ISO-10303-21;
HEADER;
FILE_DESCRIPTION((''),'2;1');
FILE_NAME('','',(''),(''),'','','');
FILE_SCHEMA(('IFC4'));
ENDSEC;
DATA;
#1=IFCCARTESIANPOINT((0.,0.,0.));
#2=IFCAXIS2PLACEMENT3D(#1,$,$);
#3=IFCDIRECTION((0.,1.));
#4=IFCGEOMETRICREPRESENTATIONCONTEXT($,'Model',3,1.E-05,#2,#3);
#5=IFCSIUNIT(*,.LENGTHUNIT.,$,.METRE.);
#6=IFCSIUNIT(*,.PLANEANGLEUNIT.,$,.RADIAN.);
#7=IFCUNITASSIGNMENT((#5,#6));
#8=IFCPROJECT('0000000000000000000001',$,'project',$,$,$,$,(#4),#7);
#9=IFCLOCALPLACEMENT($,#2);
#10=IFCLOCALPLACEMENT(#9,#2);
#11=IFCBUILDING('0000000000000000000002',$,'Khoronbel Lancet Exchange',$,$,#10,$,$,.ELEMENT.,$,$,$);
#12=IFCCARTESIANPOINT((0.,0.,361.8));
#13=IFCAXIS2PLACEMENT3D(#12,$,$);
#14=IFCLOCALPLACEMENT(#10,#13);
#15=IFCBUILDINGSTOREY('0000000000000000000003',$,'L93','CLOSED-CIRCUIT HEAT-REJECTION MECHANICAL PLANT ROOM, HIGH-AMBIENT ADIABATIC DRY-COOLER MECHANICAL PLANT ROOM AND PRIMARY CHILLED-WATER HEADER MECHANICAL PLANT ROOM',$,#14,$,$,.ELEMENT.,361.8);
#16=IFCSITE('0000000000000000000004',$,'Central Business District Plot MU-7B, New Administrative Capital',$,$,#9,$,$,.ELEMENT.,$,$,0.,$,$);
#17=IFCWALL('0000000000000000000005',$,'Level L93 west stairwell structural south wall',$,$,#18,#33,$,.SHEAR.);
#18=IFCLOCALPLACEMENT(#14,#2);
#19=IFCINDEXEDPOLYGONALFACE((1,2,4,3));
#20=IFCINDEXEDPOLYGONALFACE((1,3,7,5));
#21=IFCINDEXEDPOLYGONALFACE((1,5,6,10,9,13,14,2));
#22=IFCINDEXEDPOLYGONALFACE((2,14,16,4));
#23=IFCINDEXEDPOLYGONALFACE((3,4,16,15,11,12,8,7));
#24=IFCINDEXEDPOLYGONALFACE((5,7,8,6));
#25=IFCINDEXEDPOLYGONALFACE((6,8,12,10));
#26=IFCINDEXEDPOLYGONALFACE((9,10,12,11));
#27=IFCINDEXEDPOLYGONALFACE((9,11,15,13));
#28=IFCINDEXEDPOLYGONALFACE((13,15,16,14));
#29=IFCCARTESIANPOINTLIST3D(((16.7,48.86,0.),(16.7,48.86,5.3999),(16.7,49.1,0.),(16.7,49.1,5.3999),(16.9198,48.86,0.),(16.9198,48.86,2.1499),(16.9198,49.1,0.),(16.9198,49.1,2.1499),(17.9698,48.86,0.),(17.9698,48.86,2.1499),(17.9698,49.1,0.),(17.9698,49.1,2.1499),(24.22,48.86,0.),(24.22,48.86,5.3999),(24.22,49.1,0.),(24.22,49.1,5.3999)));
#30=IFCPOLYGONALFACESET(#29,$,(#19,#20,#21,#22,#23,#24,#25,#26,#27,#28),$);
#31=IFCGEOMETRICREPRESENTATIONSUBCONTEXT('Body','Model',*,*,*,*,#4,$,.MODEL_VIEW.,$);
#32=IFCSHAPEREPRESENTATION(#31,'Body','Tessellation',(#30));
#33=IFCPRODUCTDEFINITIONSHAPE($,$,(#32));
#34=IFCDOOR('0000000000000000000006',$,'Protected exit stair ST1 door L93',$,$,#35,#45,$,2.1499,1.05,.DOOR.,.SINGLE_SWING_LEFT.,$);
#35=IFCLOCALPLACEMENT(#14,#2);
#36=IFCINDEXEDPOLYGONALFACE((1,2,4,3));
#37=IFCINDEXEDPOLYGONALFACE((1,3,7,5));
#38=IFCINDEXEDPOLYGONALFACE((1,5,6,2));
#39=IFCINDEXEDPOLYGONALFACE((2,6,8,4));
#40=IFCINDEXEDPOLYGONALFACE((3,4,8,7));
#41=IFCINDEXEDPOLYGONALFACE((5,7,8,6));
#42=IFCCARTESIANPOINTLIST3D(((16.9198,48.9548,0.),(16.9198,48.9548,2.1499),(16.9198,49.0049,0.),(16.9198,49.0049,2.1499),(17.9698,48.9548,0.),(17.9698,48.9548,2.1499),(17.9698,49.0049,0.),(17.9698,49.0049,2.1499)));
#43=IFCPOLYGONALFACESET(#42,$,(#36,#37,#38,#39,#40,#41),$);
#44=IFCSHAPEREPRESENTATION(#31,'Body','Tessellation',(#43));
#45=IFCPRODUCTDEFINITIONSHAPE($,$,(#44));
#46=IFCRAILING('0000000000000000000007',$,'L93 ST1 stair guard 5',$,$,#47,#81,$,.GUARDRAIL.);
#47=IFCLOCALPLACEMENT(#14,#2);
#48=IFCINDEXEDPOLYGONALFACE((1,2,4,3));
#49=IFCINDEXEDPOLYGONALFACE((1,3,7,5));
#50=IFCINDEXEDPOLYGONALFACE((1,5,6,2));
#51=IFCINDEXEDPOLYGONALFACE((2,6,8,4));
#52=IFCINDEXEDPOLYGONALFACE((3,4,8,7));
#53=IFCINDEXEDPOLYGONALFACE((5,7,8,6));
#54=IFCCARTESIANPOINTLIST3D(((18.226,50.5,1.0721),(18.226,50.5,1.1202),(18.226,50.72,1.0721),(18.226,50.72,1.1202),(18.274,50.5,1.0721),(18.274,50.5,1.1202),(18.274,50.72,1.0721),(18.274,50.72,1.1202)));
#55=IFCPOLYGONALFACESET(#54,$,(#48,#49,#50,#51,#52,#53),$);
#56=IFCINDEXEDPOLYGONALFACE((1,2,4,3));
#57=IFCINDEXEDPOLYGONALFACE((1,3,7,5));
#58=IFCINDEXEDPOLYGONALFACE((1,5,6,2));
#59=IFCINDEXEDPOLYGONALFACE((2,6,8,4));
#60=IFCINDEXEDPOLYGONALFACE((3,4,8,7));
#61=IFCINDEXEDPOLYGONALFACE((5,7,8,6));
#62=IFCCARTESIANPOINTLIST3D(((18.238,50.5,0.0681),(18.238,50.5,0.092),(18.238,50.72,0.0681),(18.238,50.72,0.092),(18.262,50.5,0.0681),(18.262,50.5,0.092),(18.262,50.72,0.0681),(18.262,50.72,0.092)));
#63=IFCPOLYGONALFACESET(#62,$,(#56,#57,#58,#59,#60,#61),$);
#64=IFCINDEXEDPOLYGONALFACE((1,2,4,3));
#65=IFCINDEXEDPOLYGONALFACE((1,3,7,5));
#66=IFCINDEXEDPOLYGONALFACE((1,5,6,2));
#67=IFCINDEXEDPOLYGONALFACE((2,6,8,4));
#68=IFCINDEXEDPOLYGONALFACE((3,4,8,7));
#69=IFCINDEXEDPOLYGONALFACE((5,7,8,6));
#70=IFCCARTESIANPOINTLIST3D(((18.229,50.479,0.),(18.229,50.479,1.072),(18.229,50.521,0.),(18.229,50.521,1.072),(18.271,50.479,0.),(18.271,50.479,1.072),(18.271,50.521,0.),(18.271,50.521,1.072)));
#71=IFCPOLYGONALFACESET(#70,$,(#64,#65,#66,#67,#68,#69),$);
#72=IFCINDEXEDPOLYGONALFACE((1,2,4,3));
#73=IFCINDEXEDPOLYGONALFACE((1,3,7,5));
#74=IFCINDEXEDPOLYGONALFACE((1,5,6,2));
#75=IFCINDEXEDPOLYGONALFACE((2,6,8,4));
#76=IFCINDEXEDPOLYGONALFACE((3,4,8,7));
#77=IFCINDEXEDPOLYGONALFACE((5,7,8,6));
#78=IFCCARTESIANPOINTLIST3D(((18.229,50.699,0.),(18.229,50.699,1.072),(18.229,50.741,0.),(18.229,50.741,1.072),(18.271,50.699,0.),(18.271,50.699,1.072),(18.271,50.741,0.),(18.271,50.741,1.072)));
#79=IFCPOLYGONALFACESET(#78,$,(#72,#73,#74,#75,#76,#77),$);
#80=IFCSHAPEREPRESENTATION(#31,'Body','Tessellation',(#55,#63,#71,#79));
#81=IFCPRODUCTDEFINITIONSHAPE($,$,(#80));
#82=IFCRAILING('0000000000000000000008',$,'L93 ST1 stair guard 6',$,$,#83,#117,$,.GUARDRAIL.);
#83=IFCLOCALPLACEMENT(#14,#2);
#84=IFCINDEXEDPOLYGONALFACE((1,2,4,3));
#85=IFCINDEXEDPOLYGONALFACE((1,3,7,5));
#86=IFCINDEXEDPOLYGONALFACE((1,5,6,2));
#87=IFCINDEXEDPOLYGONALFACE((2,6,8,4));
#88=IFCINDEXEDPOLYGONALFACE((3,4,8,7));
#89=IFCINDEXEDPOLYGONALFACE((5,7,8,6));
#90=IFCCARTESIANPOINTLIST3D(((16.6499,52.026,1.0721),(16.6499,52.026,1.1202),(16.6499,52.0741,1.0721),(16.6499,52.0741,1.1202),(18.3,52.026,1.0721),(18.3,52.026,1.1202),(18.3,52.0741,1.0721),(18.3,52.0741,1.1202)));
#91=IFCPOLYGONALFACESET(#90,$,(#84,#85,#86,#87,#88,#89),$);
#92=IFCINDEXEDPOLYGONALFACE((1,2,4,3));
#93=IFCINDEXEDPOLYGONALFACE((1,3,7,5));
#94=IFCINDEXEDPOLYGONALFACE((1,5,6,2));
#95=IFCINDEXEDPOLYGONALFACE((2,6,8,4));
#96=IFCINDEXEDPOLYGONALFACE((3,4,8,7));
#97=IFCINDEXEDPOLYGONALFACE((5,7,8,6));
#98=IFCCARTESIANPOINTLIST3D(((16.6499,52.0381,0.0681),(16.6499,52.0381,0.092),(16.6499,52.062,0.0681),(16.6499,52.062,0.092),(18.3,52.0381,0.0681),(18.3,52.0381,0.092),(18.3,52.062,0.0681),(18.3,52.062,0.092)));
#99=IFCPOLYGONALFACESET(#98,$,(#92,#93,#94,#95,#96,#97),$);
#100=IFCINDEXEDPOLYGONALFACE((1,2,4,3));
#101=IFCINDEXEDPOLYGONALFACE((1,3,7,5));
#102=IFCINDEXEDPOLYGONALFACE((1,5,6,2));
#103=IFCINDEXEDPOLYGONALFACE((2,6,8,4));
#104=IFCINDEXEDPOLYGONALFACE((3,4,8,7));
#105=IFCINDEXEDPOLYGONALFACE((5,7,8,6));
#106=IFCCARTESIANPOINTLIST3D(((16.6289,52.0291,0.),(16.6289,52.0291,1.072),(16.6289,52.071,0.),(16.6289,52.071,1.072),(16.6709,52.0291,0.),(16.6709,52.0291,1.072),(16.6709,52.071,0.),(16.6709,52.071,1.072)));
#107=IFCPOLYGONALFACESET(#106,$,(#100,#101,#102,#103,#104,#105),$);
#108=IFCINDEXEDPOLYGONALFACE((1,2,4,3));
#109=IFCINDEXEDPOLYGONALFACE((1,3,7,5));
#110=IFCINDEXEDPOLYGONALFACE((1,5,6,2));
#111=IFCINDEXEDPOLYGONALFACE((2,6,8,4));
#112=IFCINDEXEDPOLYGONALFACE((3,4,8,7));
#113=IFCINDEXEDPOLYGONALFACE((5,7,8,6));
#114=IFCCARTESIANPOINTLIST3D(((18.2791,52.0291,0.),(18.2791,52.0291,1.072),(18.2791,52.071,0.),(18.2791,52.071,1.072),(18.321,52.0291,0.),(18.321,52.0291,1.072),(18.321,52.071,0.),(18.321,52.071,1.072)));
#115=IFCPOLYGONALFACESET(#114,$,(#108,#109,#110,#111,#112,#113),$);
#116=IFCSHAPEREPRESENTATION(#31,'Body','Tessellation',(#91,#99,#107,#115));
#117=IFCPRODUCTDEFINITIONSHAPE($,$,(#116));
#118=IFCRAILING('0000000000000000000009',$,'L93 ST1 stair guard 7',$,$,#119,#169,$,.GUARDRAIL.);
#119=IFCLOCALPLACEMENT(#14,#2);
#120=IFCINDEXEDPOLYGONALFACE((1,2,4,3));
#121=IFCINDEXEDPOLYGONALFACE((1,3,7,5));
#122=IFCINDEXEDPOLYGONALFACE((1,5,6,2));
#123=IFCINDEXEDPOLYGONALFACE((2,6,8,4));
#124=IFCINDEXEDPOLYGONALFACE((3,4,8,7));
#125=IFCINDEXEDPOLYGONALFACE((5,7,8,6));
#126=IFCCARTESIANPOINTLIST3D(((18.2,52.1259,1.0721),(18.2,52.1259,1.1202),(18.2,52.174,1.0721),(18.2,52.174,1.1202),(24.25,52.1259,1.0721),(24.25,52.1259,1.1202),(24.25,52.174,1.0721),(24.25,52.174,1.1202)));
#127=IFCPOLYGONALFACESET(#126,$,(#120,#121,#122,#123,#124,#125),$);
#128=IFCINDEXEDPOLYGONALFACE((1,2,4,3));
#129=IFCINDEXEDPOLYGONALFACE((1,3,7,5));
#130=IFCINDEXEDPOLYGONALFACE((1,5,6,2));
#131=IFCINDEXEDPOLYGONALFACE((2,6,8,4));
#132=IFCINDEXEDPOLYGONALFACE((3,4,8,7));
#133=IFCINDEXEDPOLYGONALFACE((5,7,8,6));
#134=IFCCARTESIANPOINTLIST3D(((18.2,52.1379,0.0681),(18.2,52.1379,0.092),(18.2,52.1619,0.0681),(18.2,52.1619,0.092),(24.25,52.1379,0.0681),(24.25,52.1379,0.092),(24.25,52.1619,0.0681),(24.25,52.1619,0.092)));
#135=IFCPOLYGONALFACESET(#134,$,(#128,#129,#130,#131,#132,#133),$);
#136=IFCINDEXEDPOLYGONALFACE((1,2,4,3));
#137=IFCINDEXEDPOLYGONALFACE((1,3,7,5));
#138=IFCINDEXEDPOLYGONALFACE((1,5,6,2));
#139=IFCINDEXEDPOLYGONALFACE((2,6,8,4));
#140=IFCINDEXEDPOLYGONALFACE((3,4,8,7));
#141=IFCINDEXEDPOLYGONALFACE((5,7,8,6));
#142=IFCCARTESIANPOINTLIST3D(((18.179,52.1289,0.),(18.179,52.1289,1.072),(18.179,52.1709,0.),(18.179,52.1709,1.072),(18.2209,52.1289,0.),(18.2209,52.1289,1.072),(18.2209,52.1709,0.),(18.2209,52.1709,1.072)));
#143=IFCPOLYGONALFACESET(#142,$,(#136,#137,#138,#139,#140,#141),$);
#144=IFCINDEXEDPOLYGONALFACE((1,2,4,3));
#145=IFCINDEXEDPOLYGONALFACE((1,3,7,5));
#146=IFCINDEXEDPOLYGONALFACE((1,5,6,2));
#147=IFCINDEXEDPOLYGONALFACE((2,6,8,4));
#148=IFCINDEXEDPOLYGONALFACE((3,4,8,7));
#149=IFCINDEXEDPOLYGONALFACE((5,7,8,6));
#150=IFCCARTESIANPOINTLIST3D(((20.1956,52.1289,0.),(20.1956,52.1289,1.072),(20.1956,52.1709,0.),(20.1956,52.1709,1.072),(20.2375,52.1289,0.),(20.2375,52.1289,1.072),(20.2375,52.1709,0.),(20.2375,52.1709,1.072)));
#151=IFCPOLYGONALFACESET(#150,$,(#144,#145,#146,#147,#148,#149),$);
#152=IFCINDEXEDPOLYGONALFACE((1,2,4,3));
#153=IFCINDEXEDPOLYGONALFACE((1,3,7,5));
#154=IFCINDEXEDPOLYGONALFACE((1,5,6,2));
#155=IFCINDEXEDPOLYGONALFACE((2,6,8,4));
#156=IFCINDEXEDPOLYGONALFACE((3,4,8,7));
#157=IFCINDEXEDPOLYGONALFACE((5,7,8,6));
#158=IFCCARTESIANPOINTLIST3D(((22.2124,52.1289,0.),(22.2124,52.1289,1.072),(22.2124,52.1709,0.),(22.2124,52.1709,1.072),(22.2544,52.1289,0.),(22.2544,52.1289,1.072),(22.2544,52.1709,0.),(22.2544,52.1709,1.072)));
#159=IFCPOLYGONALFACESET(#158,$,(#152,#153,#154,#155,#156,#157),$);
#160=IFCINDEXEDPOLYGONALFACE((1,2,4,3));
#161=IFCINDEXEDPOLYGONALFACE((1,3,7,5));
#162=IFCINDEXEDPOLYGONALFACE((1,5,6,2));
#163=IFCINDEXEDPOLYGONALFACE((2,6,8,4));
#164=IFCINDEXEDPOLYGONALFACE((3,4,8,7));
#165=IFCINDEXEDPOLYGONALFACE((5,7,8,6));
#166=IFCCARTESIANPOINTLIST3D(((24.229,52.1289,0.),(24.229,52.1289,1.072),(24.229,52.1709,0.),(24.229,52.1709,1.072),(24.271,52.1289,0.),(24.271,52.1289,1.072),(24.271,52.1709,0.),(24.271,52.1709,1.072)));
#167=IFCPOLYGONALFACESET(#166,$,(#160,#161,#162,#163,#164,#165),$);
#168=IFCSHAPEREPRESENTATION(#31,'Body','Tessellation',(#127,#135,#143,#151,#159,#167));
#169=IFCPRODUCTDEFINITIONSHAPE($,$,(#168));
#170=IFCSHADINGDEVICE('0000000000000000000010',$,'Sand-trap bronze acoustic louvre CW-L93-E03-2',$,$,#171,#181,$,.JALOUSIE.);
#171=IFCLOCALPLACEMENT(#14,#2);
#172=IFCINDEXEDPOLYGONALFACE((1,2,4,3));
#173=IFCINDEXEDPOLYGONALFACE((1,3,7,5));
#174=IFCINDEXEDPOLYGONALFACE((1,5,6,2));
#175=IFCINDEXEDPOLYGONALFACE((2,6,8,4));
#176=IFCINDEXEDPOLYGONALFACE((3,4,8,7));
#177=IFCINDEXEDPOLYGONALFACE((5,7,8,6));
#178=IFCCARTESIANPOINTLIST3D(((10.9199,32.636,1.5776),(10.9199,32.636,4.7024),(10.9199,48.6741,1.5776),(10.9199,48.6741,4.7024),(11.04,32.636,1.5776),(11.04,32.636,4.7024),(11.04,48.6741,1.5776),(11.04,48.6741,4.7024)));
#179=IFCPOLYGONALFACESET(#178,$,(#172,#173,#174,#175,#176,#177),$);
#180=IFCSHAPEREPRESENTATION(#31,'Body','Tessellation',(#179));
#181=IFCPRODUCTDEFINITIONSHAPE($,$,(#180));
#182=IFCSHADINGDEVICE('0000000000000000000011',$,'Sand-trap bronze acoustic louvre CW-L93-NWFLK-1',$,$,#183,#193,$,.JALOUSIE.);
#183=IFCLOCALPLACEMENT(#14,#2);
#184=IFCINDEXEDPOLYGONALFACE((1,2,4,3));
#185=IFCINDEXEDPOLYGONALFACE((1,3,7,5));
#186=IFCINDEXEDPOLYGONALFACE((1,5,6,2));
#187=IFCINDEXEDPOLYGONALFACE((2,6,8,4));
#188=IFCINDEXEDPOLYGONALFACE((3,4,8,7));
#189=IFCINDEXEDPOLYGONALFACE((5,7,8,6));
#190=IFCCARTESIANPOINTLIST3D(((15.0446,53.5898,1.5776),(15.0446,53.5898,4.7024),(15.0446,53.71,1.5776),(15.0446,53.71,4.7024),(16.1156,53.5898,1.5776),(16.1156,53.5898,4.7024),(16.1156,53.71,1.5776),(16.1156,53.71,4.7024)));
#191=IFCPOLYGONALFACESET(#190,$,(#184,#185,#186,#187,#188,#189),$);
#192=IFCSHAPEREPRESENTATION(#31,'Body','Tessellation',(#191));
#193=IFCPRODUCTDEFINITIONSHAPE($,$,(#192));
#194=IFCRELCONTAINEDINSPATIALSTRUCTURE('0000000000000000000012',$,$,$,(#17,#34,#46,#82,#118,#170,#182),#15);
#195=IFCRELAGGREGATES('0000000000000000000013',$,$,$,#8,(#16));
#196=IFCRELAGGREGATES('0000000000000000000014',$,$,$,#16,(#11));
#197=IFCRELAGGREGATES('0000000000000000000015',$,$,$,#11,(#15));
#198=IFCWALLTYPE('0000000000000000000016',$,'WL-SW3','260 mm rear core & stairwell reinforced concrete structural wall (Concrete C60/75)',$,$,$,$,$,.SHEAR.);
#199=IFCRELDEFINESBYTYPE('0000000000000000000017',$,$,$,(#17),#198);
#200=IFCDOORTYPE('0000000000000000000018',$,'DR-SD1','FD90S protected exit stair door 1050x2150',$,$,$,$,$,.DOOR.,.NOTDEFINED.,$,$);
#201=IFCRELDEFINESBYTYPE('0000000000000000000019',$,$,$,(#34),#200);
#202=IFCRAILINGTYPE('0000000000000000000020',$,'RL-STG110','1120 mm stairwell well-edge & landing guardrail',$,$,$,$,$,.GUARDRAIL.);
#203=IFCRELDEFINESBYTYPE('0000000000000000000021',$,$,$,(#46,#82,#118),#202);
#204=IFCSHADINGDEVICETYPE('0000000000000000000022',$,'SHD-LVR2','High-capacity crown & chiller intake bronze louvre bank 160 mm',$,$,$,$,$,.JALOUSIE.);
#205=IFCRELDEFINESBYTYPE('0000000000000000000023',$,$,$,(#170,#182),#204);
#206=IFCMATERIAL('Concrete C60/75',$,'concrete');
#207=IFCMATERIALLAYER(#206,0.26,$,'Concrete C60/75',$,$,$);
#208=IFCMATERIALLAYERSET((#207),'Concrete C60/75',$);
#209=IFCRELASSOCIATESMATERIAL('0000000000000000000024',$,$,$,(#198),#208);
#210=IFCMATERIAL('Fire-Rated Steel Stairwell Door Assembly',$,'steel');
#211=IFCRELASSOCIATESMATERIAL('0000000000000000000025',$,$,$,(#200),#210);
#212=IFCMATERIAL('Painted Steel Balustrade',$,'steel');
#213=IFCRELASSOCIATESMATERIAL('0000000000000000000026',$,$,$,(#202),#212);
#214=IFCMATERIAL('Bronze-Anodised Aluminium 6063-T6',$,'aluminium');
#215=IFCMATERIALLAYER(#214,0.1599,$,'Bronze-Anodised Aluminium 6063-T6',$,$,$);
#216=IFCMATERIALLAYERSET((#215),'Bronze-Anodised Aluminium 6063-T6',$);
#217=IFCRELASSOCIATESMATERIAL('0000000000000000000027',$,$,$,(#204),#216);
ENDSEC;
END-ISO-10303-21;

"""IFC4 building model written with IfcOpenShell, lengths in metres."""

from ifc_helpers import new_model, si_unit, direction, frame, frame_2d, origin, origin_2d, place, context, subcontext, project, spatial, rectangle, extrude, material, layer, layer_set, type_object, element, fill, save


model = new_model("IFC4")

# Units and contexts
model_context = context("Model", 3, precision=1e-05, world=origin(), true_north=direction((0.0, 1.0)))
body_context = subcontext(model_context, "Body", "Model", "MODEL_VIEW")
ifc_project = project(units=[si_unit("LENGTHUNIT", "METRE"), si_unit("PLANEANGLEUNIT", "RADIAN")], contexts=[model_context])

# Site, building, storey
site_placement = place(None, origin())
site = spatial("IfcSite", under=ifc_project, at=site_placement, Name="Central Business District Plot MU-7B, New Administrative Capital", CompositionType="ELEMENT", RefElevation=0.0)
building_placement = place(site_placement, origin())
building = spatial("IfcBuilding", under=site, at=building_placement, Name="Khoronbel Lancet Exchange", CompositionType="ELEMENT")
storey_placement = place(building_placement, frame((0.0, 0.0, 361.8)))
storey = spatial("IfcBuildingStorey", under=building, at=storey_placement, Name="L93", Description="CLOSED-CIRCUIT HEAT-REJECTION MECHANICAL PLANT ROOM, HIGH-AMBIENT ADIABATIC DRY-COOLER MECHANICAL PLANT ROOM AND PRIMARY CHILLED-WATER HEADER MECHANICAL PLANT ROOM", CompositionType="ELEMENT", Elevation=361.8)

# Shared definitions
ifc_material_1 = material(Name="Bronze-Anodised Aluminium 6063-T6", Category="aluminium")

# Shared definitions
ifc_material_2 = material(Name="Concrete C60/75", Category="concrete")

# Wall, opening, door
ifc_layer_1 = layer(ifc_material_2, 0.26, Name="Concrete C60/75")
ifc_layer_set_1 = layer_set([ifc_layer_1], Name="Concrete C60/75")
wall_type_1 = type_object("IfcWallType", Name="WL-SW3", Description="260 mm rear core & stairwell reinforced concrete structural wall (Concrete C60/75)", PredefinedType="SHEAR", material=ifc_layer_set_1)
wall_1_placement = place(storey_placement, frame((16.7, 48.98, 0.0), z_axis=(0.0, 0.0, 1.0), x_axis=(1.0, 0.0, 0.0)))
wall_1 = element("IfcWall", 1, at=wall_1_placement, inside=storey, type_object=wall_type_1, Name="Level L93 west stairwell structural south wall", PredefinedType="SHEAR", context=body_context, shape_type="SweptSolid", body=[
    extrude(rectangle(XDim=7.52, YDim=0.24, at=frame_2d((3.76, 0.0))), origin(), (0.0, 0.0, 1.0), 5.3999),
])
opening_1_placement = place(wall_1_placement, frame((0.22, 0.0, 0.0)))
opening_1 = element("IfcOpeningElement", 2, at=opening_1_placement, cuts=wall_1, PredefinedType="OPENING", context=body_context, shape_type="SweptSolid", body=[
    extrude(rectangle(XDim=1.05, YDim=2.1499, at=frame_2d((0.5249, 1.075))), frame((0.0, 0.1299, 0.0), z_axis=(0.0, -1.0, 0.0), x_axis=(1.0, 0.0, 0.0)), (0.0, 0.0, 1.0), 0.26),
])
ifc_material_3 = material(Name="Fire-Rated Steel Stairwell Door Assembly", Category="steel")
door_type_1 = type_object("IfcDoorType", Name="DR-SD1", Description="FD90S protected exit stair door 1050x2150", OperationType="NOTDEFINED", PredefinedType="DOOR", material=ifc_material_3)
door_1_placement = place(opening_1_placement, origin())
door_1 = element("IfcDoor", 3, at=door_1_placement, inside=storey, type_object=door_type_1, Name="Protected exit stair ST1 door L93", OperationType="SINGLE_SWING_LEFT", OverallHeight=2.1499, OverallWidth=1.05, PredefinedType="DOOR", context=body_context, shape_type="SweptSolid", body=[
    extrude(rectangle(XDim=1.05, YDim=2.1499, at=frame_2d((0.5249, 1.075))), frame((0.0, 0.0249, 0.0), z_axis=(0.0, -1.0, 0.0), x_axis=(1.0, 0.0, 0.0)), (0.0, 0.0, 1.0), 0.05),
])
fill(opening_1, door_1)

# Railings
ifc_material_4 = material(Name="Painted Steel Balustrade", Category="steel")
railing_type = type_object("IfcRailingType", Name="RL-STG110", Description="1120 mm stairwell well-edge & landing guardrail", PredefinedType="GUARDRAIL", material=ifc_material_4)
railing_1_placement = place(storey_placement, frame((18.25, 50.5, 0.0)))
element("IfcRailing", 4, at=railing_1_placement, inside=storey, type_object=railing_type, Name="L93 ST1 stair guard 5", PredefinedType="GUARDRAIL", context=body_context, shape_type="SweptSolid", body=[
    extrude(rectangle(XDim=0.0481, YDim=0.0481, at=origin_2d()), frame((0.0, 0.0, 1.0962), z_axis=(0.0, 1.0, 0.0), x_axis=(-1.0, 0.0, 0.0)), (0.0, 0.0, 1.0), 0.22),
    extrude(rectangle(XDim=0.0239, YDim=0.0239, at=origin_2d()), frame((0.0, 0.0, 0.0801), z_axis=(0.0, 1.0, 0.0), x_axis=(-1.0, 0.0, 0.0)), (0.0, 0.0, 1.0), 0.22),
    extrude(rectangle(XDim=0.042, YDim=0.042, at=origin_2d()), origin(), (0.0, 0.0, 1.0), 1.072),
    extrude(rectangle(XDim=0.042, YDim=0.042, at=origin_2d()), frame((0.0, 0.22, 0.0)), (0.0, 0.0, 1.0), 1.072),
])
railing_2_placement = place(storey_placement, frame((16.6499, 52.05, 0.0)))
element("IfcRailing", 5, at=railing_2_placement, inside=storey, type_object=railing_type, Name="L93 ST1 stair guard 6", PredefinedType="GUARDRAIL", context=body_context, shape_type="SweptSolid", body=[
    extrude(rectangle(XDim=0.0481, YDim=0.0481, at=origin_2d()), frame((0.0, 0.0, 1.0962), z_axis=(1.0, 0.0, 0.0), x_axis=(0.0, 1.0, 0.0)), (0.0, 0.0, 1.0), 1.6501),
    extrude(rectangle(XDim=0.0239, YDim=0.0239, at=origin_2d()), frame((0.0, 0.0, 0.0801), z_axis=(1.0, 0.0, 0.0), x_axis=(0.0, 1.0, 0.0)), (0.0, 0.0, 1.0), 1.6501),
    extrude(rectangle(XDim=0.042, YDim=0.042, at=origin_2d()), origin(), (0.0, 0.0, 1.0), 1.072),
    extrude(rectangle(XDim=0.042, YDim=0.042, at=origin_2d()), frame((1.6501, 0.0, 0.0)), (0.0, 0.0, 1.0), 1.072),
])
railing_3_placement = place(storey_placement, frame((18.2, 52.1499, 0.0)))
element("IfcRailing", 6, at=railing_3_placement, inside=storey, type_object=railing_type, Name="L93 ST1 stair guard 7", PredefinedType="GUARDRAIL", context=body_context, shape_type="SweptSolid", body=[
    extrude(rectangle(XDim=0.0481, YDim=0.0481, at=origin_2d()), frame((0.0, 0.0, 1.0962), z_axis=(1.0, 0.0, 0.0), x_axis=(0.0, 1.0, 0.0)), (0.0, 0.0, 1.0), 6.05),
    extrude(rectangle(XDim=0.0239, YDim=0.0239, at=origin_2d()), frame((0.0, 0.0, 0.0801), z_axis=(1.0, 0.0, 0.0), x_axis=(0.0, 1.0, 0.0)), (0.0, 0.0, 1.0), 6.05),
    extrude(rectangle(XDim=0.042, YDim=0.042, at=origin_2d()), origin(), (0.0, 0.0, 1.0), 1.072),
    extrude(rectangle(XDim=0.042, YDim=0.042, at=origin_2d()), frame((2.0166, 0.0, 0.0)), (0.0, 0.0, 1.0), 1.072),
    extrude(rectangle(XDim=0.042, YDim=0.042, at=origin_2d()), frame((4.0334, 0.0, 0.0)), (0.0, 0.0, 1.0), 1.072),
    extrude(rectangle(XDim=0.042, YDim=0.042, at=origin_2d()), frame((6.05, 0.0, 0.0)), (0.0, 0.0, 1.0), 1.072),
])

# Shading devices
ifc_layer_2 = layer(ifc_material_1, 0.1599, Name="Bronze-Anodised Aluminium 6063-T6")
ifc_layer_set_2 = layer_set([ifc_layer_2], Name="Bronze-Anodised Aluminium 6063-T6")
shading_device_type = type_object("IfcShadingDeviceType", Name="SHD-LVR2", Description="High-capacity crown & chiller intake bronze louvre bank 160 mm", PredefinedType="JALOUSIE", material=ifc_layer_set_2)
shading_device_1_placement = place(storey_placement, frame((10.98, 40.655, 1.5776), z_axis=(0.0, 0.0, 1.0), x_axis=(0.0, 1.0, 0.0)))
element("IfcShadingDevice", 7, at=shading_device_1_placement, inside=storey, type_object=shading_device_type, Name="Sand-trap bronze acoustic louvre CW-L93-E03-2", PredefinedType="JALOUSIE", context=body_context, shape_type="SweptSolid", body=[
    extrude(rectangle(XDim=16.0381, YDim=0.1201, at=origin_2d()), origin(), (0.0, 0.0, 1.0), 3.1248),
])
shading_device_2_placement = place(storey_placement, frame((15.5801, 53.6499, 1.5776), z_axis=(0.0, 0.0, 1.0), x_axis=(-1.0, 0.0, 0.0)))
element("IfcShadingDevice", 8, at=shading_device_2_placement, inside=storey, type_object=shading_device_type, Name="Sand-trap bronze acoustic louvre CW-L93-NWFLK-1", PredefinedType="JALOUSIE", context=body_context, shape_type="SweptSolid", body=[
    extrude(rectangle(XDim=1.071, YDim=0.1201, at=origin_2d()), origin(), (0.0, 0.0, 1.0), 3.1248),
])

save(model, "model.ifc")
